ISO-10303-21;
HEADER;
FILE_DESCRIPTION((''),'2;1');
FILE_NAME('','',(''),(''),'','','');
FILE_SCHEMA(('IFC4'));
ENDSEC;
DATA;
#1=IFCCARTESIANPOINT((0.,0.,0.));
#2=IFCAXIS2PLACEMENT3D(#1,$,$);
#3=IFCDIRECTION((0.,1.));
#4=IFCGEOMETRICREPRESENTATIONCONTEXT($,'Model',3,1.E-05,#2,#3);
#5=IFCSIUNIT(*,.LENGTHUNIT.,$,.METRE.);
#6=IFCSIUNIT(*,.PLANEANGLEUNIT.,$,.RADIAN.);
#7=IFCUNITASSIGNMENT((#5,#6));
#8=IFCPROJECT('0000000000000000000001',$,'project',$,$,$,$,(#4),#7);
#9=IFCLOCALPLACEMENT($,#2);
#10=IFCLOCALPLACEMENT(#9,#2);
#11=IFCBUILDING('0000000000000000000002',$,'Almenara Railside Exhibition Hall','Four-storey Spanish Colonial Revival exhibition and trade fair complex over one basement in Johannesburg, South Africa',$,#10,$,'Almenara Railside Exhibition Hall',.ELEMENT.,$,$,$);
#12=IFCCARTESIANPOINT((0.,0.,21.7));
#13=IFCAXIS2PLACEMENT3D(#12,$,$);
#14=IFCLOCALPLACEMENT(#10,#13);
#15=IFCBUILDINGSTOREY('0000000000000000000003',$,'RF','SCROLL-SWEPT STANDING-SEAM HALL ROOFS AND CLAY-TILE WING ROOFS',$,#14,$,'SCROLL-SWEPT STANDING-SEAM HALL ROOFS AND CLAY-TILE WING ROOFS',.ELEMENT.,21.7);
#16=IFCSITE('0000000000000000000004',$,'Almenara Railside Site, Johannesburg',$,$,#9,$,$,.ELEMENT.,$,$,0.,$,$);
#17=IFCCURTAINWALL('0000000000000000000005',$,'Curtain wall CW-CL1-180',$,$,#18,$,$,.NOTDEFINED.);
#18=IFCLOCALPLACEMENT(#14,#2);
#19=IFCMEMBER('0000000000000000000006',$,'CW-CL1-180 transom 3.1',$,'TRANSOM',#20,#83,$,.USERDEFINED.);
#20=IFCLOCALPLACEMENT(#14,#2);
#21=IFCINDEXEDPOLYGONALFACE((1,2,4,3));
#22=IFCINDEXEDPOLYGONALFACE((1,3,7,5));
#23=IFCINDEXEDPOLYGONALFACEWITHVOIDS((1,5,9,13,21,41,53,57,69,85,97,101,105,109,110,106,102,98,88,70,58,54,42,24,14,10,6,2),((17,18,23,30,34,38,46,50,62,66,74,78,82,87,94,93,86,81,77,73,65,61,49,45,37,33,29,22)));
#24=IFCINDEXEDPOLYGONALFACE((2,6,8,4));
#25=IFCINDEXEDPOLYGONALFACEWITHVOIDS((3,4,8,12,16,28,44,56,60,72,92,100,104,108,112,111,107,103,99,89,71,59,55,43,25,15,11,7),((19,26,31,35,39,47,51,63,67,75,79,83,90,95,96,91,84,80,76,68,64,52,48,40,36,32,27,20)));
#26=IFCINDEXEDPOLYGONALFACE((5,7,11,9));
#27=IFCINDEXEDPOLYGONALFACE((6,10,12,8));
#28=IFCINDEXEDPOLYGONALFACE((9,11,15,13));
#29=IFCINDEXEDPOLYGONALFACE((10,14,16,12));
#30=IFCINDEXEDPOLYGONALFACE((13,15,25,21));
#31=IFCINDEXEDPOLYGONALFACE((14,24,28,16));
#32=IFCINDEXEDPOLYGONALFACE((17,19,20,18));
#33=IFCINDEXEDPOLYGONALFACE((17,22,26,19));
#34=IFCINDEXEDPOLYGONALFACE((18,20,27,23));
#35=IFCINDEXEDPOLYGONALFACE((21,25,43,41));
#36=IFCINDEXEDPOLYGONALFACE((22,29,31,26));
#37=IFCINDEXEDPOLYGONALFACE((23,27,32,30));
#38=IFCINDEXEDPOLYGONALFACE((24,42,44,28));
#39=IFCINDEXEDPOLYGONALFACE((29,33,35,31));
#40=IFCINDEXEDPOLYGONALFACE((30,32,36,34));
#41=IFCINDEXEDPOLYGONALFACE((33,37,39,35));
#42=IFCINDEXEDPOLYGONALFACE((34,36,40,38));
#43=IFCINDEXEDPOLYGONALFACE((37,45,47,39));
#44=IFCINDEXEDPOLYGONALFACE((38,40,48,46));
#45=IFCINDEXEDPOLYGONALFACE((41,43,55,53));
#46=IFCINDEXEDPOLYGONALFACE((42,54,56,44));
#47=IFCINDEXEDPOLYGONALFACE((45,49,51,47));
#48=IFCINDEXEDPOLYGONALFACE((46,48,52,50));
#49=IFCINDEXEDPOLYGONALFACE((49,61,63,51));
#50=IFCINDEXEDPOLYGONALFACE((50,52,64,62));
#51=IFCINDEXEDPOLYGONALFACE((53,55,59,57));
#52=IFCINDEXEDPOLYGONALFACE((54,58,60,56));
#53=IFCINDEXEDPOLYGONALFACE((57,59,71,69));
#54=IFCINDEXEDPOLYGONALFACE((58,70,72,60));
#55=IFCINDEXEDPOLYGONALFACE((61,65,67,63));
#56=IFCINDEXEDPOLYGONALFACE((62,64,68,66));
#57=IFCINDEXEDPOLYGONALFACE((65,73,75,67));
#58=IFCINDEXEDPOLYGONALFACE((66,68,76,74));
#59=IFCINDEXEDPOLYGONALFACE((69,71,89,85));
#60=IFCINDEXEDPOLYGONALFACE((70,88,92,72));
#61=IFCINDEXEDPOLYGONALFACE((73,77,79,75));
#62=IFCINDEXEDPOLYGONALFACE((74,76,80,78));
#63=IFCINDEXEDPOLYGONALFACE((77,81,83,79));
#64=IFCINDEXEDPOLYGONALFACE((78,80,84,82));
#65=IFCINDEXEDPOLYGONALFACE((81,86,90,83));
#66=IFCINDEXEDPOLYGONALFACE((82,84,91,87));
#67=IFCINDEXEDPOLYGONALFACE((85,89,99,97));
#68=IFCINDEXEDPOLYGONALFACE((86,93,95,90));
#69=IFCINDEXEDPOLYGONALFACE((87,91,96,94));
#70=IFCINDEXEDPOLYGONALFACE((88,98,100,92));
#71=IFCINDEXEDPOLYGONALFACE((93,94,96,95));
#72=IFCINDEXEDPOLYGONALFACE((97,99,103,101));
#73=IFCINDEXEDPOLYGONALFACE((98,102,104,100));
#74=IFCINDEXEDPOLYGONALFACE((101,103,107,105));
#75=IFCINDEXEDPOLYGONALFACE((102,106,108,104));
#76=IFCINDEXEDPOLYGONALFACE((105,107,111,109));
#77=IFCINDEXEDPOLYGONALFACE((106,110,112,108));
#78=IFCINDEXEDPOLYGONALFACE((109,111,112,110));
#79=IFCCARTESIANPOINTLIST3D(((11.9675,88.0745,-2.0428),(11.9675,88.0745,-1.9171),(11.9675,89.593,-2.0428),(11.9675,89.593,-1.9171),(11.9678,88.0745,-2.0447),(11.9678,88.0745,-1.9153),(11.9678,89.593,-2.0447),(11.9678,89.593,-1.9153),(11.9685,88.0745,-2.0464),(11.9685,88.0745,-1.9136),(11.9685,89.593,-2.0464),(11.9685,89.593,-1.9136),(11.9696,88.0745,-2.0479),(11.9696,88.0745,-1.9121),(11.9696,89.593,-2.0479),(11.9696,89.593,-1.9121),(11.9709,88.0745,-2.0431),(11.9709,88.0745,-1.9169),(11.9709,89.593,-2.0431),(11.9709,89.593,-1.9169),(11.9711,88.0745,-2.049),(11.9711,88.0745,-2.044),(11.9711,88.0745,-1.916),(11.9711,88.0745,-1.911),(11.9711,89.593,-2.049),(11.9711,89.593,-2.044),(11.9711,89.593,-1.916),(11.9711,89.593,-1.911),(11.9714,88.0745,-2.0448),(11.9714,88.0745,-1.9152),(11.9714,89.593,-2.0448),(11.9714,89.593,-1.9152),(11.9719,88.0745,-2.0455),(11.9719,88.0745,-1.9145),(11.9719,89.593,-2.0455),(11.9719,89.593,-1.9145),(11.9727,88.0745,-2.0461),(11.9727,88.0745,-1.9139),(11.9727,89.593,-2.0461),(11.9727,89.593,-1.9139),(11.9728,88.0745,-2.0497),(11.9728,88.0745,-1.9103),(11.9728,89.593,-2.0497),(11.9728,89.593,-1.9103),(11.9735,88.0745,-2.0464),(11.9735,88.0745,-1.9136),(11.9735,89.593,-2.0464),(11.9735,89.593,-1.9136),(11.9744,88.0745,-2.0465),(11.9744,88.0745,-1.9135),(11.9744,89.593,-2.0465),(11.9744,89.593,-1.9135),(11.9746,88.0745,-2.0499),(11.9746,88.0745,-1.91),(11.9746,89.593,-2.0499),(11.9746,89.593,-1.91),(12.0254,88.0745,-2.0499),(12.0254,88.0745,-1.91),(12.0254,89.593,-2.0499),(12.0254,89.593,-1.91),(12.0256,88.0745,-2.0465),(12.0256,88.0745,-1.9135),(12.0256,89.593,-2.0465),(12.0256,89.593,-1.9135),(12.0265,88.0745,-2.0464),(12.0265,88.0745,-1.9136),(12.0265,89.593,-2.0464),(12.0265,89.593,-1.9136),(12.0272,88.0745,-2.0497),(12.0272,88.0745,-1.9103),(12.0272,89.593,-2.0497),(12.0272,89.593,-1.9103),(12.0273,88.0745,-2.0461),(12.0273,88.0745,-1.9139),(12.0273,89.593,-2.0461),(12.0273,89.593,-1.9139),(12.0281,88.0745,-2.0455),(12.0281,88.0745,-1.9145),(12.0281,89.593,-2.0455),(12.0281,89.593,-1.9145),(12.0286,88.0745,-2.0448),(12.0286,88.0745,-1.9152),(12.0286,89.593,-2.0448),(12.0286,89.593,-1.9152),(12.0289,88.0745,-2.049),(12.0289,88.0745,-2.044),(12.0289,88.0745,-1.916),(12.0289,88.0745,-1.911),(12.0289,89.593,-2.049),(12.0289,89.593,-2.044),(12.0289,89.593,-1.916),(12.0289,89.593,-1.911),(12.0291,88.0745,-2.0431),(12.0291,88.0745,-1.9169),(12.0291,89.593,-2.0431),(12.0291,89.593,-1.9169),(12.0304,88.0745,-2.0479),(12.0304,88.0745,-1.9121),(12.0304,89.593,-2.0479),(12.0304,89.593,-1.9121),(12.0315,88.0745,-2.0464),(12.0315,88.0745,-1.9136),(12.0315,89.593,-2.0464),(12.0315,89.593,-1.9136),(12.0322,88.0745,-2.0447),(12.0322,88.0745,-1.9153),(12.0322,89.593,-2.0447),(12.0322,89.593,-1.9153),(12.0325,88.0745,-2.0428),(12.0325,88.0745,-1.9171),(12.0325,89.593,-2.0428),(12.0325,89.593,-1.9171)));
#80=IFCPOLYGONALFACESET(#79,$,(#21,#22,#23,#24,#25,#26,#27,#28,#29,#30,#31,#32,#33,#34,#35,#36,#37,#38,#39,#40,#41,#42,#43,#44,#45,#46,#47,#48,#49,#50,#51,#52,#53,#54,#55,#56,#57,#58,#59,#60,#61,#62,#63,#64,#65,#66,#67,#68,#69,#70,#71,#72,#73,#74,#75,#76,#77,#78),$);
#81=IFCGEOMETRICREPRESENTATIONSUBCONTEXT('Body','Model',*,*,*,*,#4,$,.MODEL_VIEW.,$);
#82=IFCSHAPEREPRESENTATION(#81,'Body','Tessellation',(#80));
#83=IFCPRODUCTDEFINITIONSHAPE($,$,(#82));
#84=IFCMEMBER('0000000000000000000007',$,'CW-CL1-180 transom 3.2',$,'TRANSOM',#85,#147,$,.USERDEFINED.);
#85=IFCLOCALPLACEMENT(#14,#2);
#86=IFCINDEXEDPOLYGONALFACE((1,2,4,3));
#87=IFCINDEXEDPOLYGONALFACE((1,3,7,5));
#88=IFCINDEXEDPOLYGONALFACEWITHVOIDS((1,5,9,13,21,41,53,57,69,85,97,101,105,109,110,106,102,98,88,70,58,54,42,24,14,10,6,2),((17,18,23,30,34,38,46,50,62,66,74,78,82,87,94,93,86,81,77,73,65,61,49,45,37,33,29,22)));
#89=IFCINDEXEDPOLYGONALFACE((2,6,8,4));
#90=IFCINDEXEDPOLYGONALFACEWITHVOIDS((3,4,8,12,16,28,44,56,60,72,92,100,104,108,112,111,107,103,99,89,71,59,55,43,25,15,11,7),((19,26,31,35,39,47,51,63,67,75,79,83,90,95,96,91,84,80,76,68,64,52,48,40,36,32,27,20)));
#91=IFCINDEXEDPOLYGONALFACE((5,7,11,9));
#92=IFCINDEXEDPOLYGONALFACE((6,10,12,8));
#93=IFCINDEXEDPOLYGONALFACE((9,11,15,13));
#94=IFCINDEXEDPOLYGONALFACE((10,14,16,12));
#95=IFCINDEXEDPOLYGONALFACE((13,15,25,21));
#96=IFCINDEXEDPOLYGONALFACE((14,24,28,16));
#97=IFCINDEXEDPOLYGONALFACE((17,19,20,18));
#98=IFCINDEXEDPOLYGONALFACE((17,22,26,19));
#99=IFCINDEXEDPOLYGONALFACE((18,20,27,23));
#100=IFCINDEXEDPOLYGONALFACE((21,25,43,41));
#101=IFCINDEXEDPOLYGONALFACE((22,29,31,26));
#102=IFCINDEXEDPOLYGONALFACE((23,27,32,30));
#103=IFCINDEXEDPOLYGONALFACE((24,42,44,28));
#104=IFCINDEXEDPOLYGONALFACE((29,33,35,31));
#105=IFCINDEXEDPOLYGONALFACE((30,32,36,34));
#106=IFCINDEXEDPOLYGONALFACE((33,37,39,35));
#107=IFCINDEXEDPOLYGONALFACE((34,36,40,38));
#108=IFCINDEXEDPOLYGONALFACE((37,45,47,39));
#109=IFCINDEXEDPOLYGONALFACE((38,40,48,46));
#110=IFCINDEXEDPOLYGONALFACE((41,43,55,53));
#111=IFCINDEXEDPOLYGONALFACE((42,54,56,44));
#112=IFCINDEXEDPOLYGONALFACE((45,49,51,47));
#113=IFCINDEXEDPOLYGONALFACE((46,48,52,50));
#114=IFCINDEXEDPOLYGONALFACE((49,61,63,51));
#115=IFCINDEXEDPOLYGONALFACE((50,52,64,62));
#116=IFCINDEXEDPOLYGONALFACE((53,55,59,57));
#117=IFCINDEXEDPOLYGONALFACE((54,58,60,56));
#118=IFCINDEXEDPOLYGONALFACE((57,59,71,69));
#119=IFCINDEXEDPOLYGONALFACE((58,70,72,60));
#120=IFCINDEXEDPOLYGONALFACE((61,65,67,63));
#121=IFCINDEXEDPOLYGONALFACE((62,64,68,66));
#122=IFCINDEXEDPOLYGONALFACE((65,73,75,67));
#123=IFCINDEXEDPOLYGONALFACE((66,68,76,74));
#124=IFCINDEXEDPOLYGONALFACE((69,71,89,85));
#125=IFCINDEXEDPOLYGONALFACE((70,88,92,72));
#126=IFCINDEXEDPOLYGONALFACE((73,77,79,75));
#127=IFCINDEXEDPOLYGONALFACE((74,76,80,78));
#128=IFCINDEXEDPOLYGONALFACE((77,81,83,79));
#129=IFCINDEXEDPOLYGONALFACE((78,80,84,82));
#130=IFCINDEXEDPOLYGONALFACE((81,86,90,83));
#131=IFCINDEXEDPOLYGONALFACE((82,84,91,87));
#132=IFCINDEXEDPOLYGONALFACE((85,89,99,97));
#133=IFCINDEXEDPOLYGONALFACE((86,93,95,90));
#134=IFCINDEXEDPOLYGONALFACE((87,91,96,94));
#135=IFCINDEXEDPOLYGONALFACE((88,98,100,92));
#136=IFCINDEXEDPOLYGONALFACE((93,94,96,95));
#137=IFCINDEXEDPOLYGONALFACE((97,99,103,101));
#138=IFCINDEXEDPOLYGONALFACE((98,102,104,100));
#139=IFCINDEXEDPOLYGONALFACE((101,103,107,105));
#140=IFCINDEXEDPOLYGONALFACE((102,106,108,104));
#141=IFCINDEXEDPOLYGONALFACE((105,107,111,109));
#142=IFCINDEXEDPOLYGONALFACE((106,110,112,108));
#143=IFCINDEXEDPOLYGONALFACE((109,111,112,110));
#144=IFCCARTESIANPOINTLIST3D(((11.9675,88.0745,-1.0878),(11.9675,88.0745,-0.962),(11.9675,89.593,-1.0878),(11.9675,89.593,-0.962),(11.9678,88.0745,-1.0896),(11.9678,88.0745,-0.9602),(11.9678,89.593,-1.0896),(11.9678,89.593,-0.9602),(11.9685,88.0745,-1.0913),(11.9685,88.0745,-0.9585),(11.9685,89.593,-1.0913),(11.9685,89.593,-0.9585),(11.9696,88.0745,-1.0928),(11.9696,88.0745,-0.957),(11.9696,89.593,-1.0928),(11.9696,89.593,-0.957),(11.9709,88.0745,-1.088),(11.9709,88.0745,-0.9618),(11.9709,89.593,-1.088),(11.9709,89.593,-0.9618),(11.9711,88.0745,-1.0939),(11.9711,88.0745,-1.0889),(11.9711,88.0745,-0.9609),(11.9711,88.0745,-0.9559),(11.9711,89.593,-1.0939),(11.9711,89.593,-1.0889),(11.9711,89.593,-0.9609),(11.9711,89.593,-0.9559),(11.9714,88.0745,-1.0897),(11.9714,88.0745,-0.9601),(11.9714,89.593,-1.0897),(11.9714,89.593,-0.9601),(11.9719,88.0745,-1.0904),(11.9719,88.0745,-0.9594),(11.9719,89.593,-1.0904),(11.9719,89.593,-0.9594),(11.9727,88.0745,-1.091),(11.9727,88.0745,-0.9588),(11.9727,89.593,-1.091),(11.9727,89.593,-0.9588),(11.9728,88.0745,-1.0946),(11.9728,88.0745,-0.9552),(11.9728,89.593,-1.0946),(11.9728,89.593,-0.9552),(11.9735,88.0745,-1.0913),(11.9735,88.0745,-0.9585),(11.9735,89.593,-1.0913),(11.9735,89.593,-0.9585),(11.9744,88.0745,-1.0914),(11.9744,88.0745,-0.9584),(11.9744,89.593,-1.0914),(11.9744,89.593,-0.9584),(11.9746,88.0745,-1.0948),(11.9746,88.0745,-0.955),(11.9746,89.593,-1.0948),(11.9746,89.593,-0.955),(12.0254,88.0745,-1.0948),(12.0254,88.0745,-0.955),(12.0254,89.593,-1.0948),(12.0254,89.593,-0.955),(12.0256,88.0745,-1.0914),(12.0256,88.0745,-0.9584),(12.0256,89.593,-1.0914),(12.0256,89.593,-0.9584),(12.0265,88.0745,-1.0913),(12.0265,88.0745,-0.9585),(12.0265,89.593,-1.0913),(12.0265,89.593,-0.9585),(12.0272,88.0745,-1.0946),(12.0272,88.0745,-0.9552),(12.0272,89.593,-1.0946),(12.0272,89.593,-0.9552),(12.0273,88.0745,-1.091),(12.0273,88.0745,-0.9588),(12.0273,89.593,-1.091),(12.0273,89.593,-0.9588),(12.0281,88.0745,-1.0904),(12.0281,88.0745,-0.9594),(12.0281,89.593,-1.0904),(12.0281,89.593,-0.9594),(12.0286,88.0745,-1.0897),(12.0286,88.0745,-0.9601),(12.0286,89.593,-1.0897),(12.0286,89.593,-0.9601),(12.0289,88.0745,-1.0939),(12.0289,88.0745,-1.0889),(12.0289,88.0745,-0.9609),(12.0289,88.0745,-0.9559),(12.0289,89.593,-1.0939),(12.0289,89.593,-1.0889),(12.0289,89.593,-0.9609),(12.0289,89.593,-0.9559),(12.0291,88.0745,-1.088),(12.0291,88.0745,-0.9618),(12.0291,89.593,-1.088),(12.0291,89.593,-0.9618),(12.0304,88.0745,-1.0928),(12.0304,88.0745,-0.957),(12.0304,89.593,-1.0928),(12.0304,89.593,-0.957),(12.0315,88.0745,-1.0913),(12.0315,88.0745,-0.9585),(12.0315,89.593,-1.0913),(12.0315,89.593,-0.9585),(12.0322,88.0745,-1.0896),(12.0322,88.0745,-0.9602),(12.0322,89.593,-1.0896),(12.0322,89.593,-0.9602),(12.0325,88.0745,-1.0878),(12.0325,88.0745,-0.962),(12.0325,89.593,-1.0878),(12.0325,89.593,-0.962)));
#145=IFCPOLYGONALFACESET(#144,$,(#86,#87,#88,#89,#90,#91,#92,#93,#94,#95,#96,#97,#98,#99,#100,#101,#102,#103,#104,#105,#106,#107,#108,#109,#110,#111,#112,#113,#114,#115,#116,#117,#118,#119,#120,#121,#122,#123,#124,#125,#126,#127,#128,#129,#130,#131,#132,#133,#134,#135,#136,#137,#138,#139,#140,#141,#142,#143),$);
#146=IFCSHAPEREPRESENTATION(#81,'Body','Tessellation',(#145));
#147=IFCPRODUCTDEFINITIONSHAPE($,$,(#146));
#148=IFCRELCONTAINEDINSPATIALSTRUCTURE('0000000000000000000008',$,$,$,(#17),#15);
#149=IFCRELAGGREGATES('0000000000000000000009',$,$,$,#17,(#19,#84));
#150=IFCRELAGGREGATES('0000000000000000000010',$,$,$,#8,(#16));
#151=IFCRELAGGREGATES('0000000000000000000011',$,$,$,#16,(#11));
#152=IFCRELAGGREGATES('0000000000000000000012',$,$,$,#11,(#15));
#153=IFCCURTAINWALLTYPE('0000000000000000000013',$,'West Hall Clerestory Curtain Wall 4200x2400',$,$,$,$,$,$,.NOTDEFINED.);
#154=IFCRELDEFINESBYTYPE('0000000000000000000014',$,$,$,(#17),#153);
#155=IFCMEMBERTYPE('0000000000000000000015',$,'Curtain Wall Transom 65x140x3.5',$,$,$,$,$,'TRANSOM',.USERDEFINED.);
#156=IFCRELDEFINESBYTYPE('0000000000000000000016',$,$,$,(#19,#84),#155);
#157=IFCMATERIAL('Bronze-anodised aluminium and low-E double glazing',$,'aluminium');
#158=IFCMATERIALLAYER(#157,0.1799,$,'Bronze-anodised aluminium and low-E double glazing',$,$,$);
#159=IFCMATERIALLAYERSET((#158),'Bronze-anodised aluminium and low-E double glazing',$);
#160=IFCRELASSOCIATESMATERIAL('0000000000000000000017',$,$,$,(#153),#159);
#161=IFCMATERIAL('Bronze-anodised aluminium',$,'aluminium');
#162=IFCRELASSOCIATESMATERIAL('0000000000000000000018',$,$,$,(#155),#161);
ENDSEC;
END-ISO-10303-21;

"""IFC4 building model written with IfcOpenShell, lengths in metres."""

from ifc_helpers import new_model, si_unit, direction, frame, origin, origin_2d, place, context, subcontext, project, spatial, hollow_rectangle, extrude, material, layer, layer_set, material_profile, profile_set, type_object, element, aggregate, save


model = new_model("IFC4")

# Units and contexts
model_context = context("Model", 3, precision=1e-05, world=origin(), true_north=direction((0.0, 1.0)))
body_context = subcontext(model_context, "Body", "Model", "MODEL_VIEW")
ifc_project = project(units=[si_unit("LENGTHUNIT", "METRE"), si_unit("PLANEANGLEUNIT", "RADIAN")], contexts=[model_context])

# Site, building, storey
site_placement = place(None, origin())
site = spatial("IfcSite", under=ifc_project, at=site_placement, Name="Almenara Railside Site, Johannesburg", CompositionType="ELEMENT", RefElevation=0.0)
building_placement = place(site_placement, origin())
building = spatial("IfcBuilding", under=site, at=building_placement, Name="Almenara Railside Exhibition Hall", Description="Four-storey Spanish Colonial Revival exhibition and trade fair complex over one basement in Johannesburg, South Africa", LongName="Almenara Railside Exhibition Hall", CompositionType="ELEMENT")
storey_placement = place(building_placement, frame((0.0, 0.0, 21.7)))
storey = spatial("IfcBuildingStorey", under=building, at=storey_placement, Name="RF", Description="SCROLL-SWEPT STANDING-SEAM HALL ROOFS AND CLAY-TILE WING ROOFS", LongName="SCROLL-SWEPT STANDING-SEAM HALL ROOFS AND CLAY-TILE WING ROOFS", CompositionType="ELEMENT", Elevation=21.7)

# Curtain wall
ifc_material_1 = material(Name="Bronze-anodised aluminium and low-E double glazing", Category="aluminium")
ifc_layer_1 = layer(ifc_material_1, 0.1799, Name="Bronze-anodised aluminium and low-E double glazing")
ifc_layer_set_1 = layer_set([ifc_layer_1], Name="Bronze-anodised aluminium and low-E double glazing")
curtain_wall_type = type_object("IfcCurtainWallType", Name="West Hall Clerestory Curtain Wall 4200x2400", PredefinedType="NOTDEFINED", material=ifc_layer_set_1)
ifc_material_2 = material(Name="Bronze-anodised aluminium", Category="aluminium")
curtain_wall_1_placement = place(storey_placement, origin())
curtain_wall_1 = element("IfcCurtainWall", 1, at=curtain_wall_1_placement, inside=storey, type_object=curtain_wall_type, Name="Curtain wall CW-CL1-180", PredefinedType="NOTDEFINED")

# Members
ifc_material_profile_1 = material_profile(ifc_material_2, hollow_rectangle(XDim=0.0649, YDim=0.1399, WallThickness=0.0034, InnerFilletRadius=0.0034, OuterFilletRadius=0.0071, at=origin_2d()), Name="ALU-TRN 65x140x3.5")
ifc_profile_set_1 = profile_set([ifc_material_profile_1], Name="Bronze-anodised aluminium")
member_type_1 = type_object("IfcMemberType", Name="Curtain Wall Transom 65x140x3.5", ElementType="TRANSOM", PredefinedType="USERDEFINED", material=ifc_profile_set_1)
member_1_placement = place(storey_placement, frame((12.0, 88.0745, -1.98), z_axis=(0.0, 1.0, 0.0), x_axis=(-1.0, 0.0, 0.0)))
member_1 = element("IfcMember", 2, at=member_1_placement, type_object=member_type_1, Name="CW-CL1-180 transom 3.1", ObjectType="TRANSOM", PredefinedType="USERDEFINED", context=body_context, shape_type="SweptSolid", body=[
    extrude(hollow_rectangle(XDim=0.0649, YDim=0.1399, WallThickness=0.0034, InnerFilletRadius=0.0034, OuterFilletRadius=0.0071, at=origin_2d()), origin(), (0.0, 0.0, 1.0), 1.5186),
])
member_2_placement = place(storey_placement, frame((12.0, 88.0745, -1.0249), z_axis=(0.0, 1.0, 0.0), x_axis=(-1.0, 0.0, 0.0)))
member_2 = element("IfcMember", 3, at=member_2_placement, type_object=member_type_1, Name="CW-CL1-180 transom 3.2", ObjectType="TRANSOM", PredefinedType="USERDEFINED", context=body_context, shape_type="SweptSolid", body=[
    extrude(hollow_rectangle(XDim=0.0649, YDim=0.1399, WallThickness=0.0034, InnerFilletRadius=0.0034, OuterFilletRadius=0.0071, at=origin_2d()), origin(), (0.0, 0.0, 1.0), 1.5186),
])

aggregate(curtain_wall_1, [member_1, member_2])

save(model, "model.ifc")
